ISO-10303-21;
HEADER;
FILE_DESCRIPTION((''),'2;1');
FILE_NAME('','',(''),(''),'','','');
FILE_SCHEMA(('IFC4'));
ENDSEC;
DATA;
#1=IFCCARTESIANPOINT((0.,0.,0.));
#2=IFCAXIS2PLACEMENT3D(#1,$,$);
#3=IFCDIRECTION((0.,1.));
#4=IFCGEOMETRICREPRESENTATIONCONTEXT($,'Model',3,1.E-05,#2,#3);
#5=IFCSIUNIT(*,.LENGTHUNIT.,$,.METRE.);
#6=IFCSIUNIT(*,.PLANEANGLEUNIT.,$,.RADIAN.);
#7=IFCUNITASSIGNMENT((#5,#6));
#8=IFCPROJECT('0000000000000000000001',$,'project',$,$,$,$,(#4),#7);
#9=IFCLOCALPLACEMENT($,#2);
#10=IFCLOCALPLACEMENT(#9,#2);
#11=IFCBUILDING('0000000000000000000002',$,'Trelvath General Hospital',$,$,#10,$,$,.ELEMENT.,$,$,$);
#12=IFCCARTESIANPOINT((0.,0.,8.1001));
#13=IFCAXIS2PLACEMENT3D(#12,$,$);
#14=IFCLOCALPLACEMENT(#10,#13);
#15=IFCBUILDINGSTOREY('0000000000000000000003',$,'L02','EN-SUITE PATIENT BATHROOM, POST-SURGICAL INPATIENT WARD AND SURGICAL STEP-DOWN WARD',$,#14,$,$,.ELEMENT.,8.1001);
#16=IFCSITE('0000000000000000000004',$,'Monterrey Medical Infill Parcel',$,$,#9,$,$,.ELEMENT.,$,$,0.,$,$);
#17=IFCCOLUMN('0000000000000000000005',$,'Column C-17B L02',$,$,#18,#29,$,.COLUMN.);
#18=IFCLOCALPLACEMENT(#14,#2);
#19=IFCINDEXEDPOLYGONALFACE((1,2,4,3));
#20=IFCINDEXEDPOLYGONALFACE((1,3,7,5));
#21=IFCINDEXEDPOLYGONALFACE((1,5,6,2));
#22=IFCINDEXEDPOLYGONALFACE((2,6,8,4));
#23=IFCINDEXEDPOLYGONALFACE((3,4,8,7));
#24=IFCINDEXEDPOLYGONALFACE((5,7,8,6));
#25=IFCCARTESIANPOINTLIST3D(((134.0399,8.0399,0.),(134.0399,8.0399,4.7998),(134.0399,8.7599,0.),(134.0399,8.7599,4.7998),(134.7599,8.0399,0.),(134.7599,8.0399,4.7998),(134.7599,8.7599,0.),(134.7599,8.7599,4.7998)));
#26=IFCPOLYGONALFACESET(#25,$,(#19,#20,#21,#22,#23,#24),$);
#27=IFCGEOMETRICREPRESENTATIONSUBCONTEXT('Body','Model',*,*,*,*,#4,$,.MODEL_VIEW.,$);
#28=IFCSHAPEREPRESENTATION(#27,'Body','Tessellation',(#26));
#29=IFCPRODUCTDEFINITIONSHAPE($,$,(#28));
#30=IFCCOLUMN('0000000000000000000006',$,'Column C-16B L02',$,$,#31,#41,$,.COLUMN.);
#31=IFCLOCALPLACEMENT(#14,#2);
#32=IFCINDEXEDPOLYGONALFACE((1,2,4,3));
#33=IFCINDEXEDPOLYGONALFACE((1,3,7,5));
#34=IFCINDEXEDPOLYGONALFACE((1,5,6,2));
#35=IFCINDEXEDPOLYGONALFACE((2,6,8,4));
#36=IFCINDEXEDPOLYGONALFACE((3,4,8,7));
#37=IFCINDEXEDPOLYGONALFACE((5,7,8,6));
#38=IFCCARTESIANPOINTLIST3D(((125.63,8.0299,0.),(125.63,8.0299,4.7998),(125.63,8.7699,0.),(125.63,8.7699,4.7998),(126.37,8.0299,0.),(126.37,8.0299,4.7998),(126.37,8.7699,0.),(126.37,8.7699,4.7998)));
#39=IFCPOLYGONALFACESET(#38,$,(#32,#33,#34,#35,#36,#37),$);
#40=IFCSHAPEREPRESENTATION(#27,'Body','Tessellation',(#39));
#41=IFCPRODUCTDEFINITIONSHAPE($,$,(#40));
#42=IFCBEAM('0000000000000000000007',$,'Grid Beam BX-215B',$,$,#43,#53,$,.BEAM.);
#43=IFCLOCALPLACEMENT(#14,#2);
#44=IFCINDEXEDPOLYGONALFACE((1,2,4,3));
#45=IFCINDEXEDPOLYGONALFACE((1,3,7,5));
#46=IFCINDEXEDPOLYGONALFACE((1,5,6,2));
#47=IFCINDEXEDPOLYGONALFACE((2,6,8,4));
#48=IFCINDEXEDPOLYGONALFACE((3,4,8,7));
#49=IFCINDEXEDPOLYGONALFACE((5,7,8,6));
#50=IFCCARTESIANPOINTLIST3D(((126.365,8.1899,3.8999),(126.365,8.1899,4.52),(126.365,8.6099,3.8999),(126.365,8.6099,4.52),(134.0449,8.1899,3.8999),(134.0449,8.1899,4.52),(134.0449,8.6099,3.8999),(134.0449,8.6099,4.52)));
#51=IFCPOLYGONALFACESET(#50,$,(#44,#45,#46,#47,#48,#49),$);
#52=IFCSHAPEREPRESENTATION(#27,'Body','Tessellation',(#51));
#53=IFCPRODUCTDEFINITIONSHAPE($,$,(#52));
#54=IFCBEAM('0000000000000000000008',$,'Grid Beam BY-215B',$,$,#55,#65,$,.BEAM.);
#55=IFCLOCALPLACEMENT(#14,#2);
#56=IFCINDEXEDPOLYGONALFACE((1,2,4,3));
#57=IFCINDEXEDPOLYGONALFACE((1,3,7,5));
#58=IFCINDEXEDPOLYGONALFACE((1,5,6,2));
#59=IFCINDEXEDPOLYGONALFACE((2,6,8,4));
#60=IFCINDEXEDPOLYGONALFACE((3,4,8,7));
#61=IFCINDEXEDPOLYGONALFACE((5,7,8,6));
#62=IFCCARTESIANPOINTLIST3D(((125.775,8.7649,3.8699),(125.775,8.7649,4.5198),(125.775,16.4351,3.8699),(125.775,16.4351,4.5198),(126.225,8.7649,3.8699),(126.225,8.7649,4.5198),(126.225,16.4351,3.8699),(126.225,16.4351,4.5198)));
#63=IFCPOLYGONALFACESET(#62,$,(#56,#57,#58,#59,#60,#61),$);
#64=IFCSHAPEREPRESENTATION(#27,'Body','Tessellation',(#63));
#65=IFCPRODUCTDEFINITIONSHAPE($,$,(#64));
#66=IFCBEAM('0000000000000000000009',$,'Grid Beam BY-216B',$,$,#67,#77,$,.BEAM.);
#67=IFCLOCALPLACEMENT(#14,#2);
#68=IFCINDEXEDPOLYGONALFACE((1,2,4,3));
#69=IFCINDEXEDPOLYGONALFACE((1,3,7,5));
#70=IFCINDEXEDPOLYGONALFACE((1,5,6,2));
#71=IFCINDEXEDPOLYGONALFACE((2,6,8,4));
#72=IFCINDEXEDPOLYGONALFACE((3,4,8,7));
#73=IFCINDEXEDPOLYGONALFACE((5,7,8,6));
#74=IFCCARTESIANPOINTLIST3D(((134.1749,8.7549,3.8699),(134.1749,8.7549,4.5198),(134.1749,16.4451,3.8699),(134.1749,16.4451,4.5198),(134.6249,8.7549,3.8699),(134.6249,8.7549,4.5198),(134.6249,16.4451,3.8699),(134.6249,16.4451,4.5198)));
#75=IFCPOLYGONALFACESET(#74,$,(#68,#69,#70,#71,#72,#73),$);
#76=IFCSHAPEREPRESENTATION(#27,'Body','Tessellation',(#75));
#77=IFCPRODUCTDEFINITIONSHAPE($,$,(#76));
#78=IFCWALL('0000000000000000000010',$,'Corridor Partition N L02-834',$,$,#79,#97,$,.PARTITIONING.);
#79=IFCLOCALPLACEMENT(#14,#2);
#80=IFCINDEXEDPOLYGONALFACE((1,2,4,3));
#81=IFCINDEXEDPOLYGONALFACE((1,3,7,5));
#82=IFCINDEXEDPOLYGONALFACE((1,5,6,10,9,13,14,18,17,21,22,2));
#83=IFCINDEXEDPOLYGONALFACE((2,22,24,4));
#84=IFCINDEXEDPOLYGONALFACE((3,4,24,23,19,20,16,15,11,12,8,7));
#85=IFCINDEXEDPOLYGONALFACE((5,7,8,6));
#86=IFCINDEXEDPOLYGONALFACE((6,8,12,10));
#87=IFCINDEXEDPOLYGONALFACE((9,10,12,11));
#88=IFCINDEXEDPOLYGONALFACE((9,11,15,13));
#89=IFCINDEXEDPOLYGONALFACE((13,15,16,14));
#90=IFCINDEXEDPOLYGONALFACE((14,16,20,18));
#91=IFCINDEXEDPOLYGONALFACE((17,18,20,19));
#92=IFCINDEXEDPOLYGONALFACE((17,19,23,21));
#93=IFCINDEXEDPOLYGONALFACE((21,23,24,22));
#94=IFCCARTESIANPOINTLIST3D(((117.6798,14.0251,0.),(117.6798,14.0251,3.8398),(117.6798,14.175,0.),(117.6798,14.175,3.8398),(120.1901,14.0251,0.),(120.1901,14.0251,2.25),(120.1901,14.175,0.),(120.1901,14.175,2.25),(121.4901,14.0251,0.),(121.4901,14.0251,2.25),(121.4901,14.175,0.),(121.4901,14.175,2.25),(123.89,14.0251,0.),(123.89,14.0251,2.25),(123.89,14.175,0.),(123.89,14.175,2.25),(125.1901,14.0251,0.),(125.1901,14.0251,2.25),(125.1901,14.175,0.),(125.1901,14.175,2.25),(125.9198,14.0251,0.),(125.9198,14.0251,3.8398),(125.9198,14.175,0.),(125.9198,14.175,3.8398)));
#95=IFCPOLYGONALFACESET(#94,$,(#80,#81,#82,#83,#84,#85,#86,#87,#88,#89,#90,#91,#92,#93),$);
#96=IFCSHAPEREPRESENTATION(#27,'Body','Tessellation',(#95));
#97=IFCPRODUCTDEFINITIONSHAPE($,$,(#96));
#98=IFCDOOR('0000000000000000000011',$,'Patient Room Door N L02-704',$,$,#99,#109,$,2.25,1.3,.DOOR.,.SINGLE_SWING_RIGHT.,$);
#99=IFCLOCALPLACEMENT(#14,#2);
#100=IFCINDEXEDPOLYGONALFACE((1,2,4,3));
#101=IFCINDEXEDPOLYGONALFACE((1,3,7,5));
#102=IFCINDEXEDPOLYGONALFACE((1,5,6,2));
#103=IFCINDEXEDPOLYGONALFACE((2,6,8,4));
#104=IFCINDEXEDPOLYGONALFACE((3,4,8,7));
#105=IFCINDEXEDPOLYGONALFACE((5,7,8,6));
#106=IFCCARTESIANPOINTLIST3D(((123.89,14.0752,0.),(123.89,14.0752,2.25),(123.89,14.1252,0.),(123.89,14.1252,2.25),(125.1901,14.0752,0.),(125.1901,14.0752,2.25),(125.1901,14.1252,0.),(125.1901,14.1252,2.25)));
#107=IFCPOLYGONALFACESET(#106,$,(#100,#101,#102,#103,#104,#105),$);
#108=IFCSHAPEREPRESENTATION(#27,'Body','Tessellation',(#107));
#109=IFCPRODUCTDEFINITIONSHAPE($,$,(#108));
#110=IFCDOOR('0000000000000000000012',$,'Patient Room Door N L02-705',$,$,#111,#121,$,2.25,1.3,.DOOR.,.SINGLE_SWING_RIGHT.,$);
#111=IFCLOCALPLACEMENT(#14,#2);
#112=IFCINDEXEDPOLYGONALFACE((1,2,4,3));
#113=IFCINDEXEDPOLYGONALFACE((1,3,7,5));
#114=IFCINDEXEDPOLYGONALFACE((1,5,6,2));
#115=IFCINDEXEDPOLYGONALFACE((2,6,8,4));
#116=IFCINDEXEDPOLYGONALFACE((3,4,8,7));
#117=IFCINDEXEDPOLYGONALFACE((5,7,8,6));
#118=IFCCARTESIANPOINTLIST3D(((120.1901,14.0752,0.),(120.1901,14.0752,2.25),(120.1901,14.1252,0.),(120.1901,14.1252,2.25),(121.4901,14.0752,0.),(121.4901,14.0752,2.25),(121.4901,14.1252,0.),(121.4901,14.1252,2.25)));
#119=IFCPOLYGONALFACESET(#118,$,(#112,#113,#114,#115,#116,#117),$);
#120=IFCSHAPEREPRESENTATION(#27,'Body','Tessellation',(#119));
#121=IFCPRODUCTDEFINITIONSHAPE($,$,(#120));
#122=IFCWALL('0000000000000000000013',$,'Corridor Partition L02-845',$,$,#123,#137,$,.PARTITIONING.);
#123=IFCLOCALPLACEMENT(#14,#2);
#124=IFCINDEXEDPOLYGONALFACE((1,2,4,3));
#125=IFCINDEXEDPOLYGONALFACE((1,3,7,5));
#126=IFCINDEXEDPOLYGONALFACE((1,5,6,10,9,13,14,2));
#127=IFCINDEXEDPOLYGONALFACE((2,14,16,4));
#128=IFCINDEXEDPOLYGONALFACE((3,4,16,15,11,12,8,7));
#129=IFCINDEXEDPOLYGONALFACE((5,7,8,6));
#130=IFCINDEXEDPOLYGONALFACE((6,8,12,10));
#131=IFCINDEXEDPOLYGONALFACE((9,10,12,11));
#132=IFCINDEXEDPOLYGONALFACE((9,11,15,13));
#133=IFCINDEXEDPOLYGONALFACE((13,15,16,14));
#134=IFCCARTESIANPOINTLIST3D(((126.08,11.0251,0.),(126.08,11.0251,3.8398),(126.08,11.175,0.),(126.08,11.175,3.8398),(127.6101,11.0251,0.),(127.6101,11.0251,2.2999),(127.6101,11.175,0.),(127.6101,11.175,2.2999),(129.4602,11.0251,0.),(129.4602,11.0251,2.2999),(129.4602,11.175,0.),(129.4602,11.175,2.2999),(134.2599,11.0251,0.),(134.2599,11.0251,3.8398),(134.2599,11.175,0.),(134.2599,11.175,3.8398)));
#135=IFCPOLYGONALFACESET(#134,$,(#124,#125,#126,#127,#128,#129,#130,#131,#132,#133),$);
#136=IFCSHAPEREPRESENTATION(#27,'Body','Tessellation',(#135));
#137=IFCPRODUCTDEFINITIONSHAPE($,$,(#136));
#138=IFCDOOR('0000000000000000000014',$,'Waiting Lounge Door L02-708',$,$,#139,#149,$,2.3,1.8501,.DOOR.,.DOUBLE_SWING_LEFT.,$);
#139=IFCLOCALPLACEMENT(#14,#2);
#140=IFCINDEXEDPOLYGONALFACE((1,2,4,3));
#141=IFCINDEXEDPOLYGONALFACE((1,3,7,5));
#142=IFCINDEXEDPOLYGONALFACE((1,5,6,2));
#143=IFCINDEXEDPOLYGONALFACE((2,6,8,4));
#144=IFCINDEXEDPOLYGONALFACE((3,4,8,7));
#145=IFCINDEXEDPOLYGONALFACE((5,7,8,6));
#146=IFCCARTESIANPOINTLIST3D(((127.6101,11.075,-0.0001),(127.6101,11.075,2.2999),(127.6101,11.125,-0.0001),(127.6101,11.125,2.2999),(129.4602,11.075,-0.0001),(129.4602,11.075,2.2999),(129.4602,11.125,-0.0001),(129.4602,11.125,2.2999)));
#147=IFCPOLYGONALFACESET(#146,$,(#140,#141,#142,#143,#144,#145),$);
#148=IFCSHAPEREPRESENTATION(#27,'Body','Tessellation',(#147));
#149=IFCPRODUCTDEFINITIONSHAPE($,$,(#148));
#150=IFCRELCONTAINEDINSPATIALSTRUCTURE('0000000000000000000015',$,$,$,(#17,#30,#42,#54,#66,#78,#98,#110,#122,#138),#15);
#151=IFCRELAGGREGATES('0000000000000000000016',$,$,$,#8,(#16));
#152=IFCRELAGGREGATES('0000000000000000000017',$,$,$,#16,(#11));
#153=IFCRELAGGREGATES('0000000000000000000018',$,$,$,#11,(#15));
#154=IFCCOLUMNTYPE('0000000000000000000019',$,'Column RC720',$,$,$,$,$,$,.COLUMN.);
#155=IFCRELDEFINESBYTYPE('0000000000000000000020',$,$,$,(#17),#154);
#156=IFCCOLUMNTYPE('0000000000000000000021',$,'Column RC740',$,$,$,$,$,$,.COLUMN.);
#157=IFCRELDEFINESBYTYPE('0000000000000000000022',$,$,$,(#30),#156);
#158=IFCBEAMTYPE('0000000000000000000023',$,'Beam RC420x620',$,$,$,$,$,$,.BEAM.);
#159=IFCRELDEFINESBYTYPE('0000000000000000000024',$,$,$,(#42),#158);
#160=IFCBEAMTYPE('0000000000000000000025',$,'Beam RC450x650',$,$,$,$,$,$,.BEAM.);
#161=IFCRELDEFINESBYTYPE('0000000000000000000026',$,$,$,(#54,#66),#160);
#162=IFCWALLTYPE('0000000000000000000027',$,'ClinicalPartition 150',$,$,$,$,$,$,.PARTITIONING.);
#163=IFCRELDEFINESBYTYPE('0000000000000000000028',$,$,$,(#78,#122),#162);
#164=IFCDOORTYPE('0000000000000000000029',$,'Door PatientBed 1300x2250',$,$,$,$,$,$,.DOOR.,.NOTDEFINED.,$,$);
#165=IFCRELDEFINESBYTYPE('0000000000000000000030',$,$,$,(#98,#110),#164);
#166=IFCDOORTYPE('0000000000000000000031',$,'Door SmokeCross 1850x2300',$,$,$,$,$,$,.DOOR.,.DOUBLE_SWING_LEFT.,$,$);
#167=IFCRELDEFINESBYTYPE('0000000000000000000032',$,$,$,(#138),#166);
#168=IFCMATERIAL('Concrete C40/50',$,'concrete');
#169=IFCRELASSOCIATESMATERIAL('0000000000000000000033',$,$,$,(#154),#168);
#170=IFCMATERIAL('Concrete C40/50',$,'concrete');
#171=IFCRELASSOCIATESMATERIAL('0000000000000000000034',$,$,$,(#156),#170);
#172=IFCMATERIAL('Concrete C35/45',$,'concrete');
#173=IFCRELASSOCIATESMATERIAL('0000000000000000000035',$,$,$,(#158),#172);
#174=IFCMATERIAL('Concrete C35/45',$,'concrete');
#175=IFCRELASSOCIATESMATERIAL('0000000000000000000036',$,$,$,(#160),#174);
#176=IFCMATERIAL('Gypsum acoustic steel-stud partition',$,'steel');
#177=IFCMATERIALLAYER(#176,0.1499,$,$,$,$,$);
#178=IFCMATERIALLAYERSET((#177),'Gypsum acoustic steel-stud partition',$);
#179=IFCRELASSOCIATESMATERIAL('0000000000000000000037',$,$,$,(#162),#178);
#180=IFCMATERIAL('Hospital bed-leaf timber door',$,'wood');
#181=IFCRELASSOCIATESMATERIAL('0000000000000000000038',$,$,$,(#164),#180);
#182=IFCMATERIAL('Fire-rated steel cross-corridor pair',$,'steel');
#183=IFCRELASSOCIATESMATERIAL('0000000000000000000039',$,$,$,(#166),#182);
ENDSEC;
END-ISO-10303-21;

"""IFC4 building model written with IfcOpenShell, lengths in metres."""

from ifc_helpers import new_model, si_unit, direction, frame, frame_2d, origin, origin_2d, place, context, subcontext, project, spatial, rectangle, extrude, material, layer, layer_set, material_profile, profile_set, type_object, element, fill, save


model = new_model("IFC4")

# Units and contexts
model_context = context("Model", 3, precision=1e-05, world=origin(), true_north=direction((0.0, 1.0)))
body_context = subcontext(model_context, "Body", "Model", "MODEL_VIEW")
ifc_project = project(units=[si_unit("LENGTHUNIT", "METRE"), si_unit("PLANEANGLEUNIT", "RADIAN")], contexts=[model_context])

# Site, building, storey
site_placement = place(None, origin())
site = spatial("IfcSite", under=ifc_project, at=site_placement, Name="Monterrey Medical Infill Parcel", CompositionType="ELEMENT", RefElevation=0.0)
building_placement = place(site_placement, origin())
building = spatial("IfcBuilding", under=site, at=building_placement, Name="Trelvath General Hospital", CompositionType="ELEMENT")
storey_placement = place(building_placement, frame((0.0, 0.0, 8.1001)))
storey = spatial("IfcBuildingStorey", under=building, at=storey_placement, Name="L02", Description="EN-SUITE PATIENT BATHROOM, POST-SURGICAL INPATIENT WARD AND SURGICAL STEP-DOWN WARD", CompositionType="ELEMENT", Elevation=8.1001)

# Columns
ifc_material_1 = material(Name="Concrete C40/50", Category="concrete")
ifc_material_profile_1 = material_profile(ifc_material_1, rectangle(XDim=0.72, YDim=0.72, at=origin_2d()), Name="RC720x720")
ifc_profile_set_1 = profile_set([ifc_material_profile_1], Name="Concrete C40/50")
column_type_1 = type_object("IfcColumnType", Name="Column RC720", PredefinedType="COLUMN", material=ifc_profile_set_1)
column_1_placement = place(storey_placement, frame((134.3999, 8.3999, 0.0), z_axis=(0.0, 0.0, 1.0), x_axis=(1.0, 0.0, 0.0)))
element("IfcColumn", 1, at=column_1_placement, inside=storey, type_object=column_type_1, Name="Column C-17B L02", PredefinedType="COLUMN", context=body_context, shape_type="SweptSolid", body=[
    extrude(rectangle(XDim=0.72, YDim=0.72, at=origin_2d()), origin(), (0.0, 0.0, 1.0), 4.7998),
])
ifc_material_2 = material(Name="Concrete C40/50", Category="concrete")
ifc_material_profile_2 = material_profile(ifc_material_2, rectangle(XDim=0.74, YDim=0.74, at=origin_2d()), Name="RC740x740")
ifc_profile_set_2 = profile_set([ifc_material_profile_2], Name="Concrete C40/50")
column_type_2 = type_object("IfcColumnType", Name="Column RC740", PredefinedType="COLUMN", material=ifc_profile_set_2)
column_2_placement = place(storey_placement, frame((126.0, 8.3999, 0.0), z_axis=(0.0, 0.0, 1.0), x_axis=(1.0, 0.0, 0.0)))
element("IfcColumn", 2, at=column_2_placement, inside=storey, type_object=column_type_2, Name="Column C-16B L02", PredefinedType="COLUMN", context=body_context, shape_type="SweptSolid", body=[
    extrude(rectangle(XDim=0.74, YDim=0.74, at=origin_2d()), origin(), (0.0, 0.0, 1.0), 4.7998),
])

# Beams
ifc_material_3 = material(Name="Concrete C35/45", Category="concrete")
ifc_material_profile_3 = material_profile(ifc_material_3, rectangle(XDim=0.4199, YDim=0.6201, at=origin_2d()), Name="RCB420x620")
ifc_profile_set_3 = profile_set([ifc_material_profile_3], Name="Concrete C35/45")
beam_type_1 = type_object("IfcBeamType", Name="Beam RC420x620", PredefinedType="BEAM", material=ifc_profile_set_3)
beam_1_placement = place(storey_placement, frame((126.365, 8.3999, 4.21), z_axis=(1.0, 0.0, 0.0), x_axis=(0.0, 1.0, 0.0)))
element("IfcBeam", 3, at=beam_1_placement, inside=storey, type_object=beam_type_1, Name="Grid Beam BX-215B", PredefinedType="BEAM", context=body_context, shape_type="SweptSolid", body=[
    extrude(rectangle(XDim=0.4199, YDim=0.6201, at=origin_2d()), origin(), (0.0, 0.0, 1.0), 7.6799),
])
ifc_material_4 = material(Name="Concrete C35/45", Category="concrete")
ifc_material_profile_4 = material_profile(ifc_material_4, rectangle(XDim=0.45, YDim=0.6499, at=origin_2d()), Name="RCB450x650")
ifc_profile_set_4 = profile_set([ifc_material_profile_4], Name="Concrete C35/45")
beam_type_2 = type_object("IfcBeamType", Name="Beam RC450x650", PredefinedType="BEAM", material=ifc_profile_set_4)
beam_2_placement = place(storey_placement, frame((126.0, 8.7649, 4.1948), z_axis=(0.0, 1.0, 0.0), x_axis=(-1.0, 0.0, 0.0)))
element("IfcBeam", 4, at=beam_2_placement, inside=storey, type_object=beam_type_2, Name="Grid Beam BY-215B", PredefinedType="BEAM", context=body_context, shape_type="SweptSolid", body=[
    extrude(rectangle(XDim=0.45, YDim=0.6499, at=origin_2d()), origin(), (0.0, 0.0, 1.0), 7.6702),
])
beam_3_placement = place(storey_placement, frame((134.3999, 8.7549, 4.1948), z_axis=(0.0, 1.0, 0.0), x_axis=(-1.0, 0.0, 0.0)))
element("IfcBeam", 5, at=beam_3_placement, inside=storey, type_object=beam_type_2, Name="Grid Beam BY-216B", PredefinedType="BEAM", context=body_context, shape_type="SweptSolid", body=[
    extrude(rectangle(XDim=0.45, YDim=0.6499, at=origin_2d()), origin(), (0.0, 0.0, 1.0), 7.6902),
])

# Wall, openings, doors
ifc_material_5 = material(Name="Gypsum acoustic steel-stud partition", Category="steel")
ifc_layer_1 = layer(ifc_material_5, 0.1499)
ifc_layer_set_1 = layer_set([ifc_layer_1], Name="Gypsum acoustic steel-stud partition")
wall_type_1 = type_object("IfcWallType", Name="ClinicalPartition 150", PredefinedType="PARTITIONING", material=ifc_layer_set_1)
wall_1_placement = place(storey_placement, frame((125.9199, 14.1001, 0.0), z_axis=(0.0, 0.0, 1.0), x_axis=(-1.0, 0.0, 0.0)))
wall_1 = element("IfcWall", 6, at=wall_1_placement, inside=storey, type_object=wall_type_1, Name="Corridor Partition N L02-834", PredefinedType="PARTITIONING", context=body_context, shape_type="SweptSolid", body=[
    extrude(rectangle(XDim=8.24, YDim=0.1499, at=frame_2d((4.1201, 0.0))), origin(), (0.0, 0.0, 1.0), 3.8398),
])
opening_1_placement = place(wall_1_placement, frame((0.73, 0.0, 0.0)))
opening_1 = element("IfcOpeningElement", 7, at=opening_1_placement, cuts=wall_1, PredefinedType="OPENING", context=body_context, shape_type="SweptSolid", body=[
    extrude(rectangle(XDim=1.3, YDim=2.25, at=frame_2d((0.6499, 1.125))), frame((0.0, 0.085, 0.0), z_axis=(0.0, -1.0, 0.0), x_axis=(1.0, 0.0, 0.0)), (0.0, 0.0, 1.0), 0.1699),
])
opening_2_placement = place(wall_1_placement, frame((4.4299, 0.0, 0.0)))
opening_2 = element("IfcOpeningElement", 8, at=opening_2_placement, cuts=wall_1, PredefinedType="OPENING", context=body_context, shape_type="SweptSolid", body=[
    extrude(rectangle(XDim=1.3, YDim=2.25, at=frame_2d((0.6499, 1.125))), frame((0.0, 0.085, 0.0), z_axis=(0.0, -1.0, 0.0), x_axis=(1.0, 0.0, 0.0)), (0.0, 0.0, 1.0), 0.1699),
])
ifc_material_6 = material(Name="Hospital bed-leaf timber door", Category="wood")
door_type_1 = type_object("IfcDoorType", Name="Door PatientBed 1300x2250", OperationType="NOTDEFINED", PredefinedType="DOOR", material=ifc_material_6)
door_1_placement = place(opening_1_placement, origin())
door_1 = element("IfcDoor", 9, at=door_1_placement, inside=storey, type_object=door_type_1, Name="Patient Room Door N L02-704", OperationType="SINGLE_SWING_RIGHT", OverallHeight=2.25, OverallWidth=1.3, PredefinedType="DOOR", context=body_context, shape_type="SweptSolid", body=[
    extrude(rectangle(XDim=1.3, YDim=2.25, at=frame_2d((0.6499, 1.125))), frame((0.0, 0.0249, 0.0), z_axis=(0.0, -1.0, 0.0), x_axis=(1.0, 0.0, 0.0)), (0.0, 0.0, 1.0), 0.05),
])
fill(opening_1, door_1)
door_2_placement = place(opening_2_placement, origin())
door_2 = element("IfcDoor", 10, at=door_2_placement, inside=storey, type_object=door_type_1, Name="Patient Room Door N L02-705", OperationType="SINGLE_SWING_RIGHT", OverallHeight=2.25, OverallWidth=1.3, PredefinedType="DOOR", context=body_context, shape_type="SweptSolid", body=[
    extrude(rectangle(XDim=1.3, YDim=2.25, at=frame_2d((0.6499, 1.125))), frame((0.0, 0.0249, 0.0), z_axis=(0.0, -1.0, 0.0), x_axis=(1.0, 0.0, 0.0)), (0.0, 0.0, 1.0), 0.05),
])
fill(opening_2, door_2)

# Wall, opening, door
wall_2_placement = place(storey_placement, frame((126.0801, 11.1001, 0.0), z_axis=(0.0, 0.0, 1.0), x_axis=(1.0, 0.0, 0.0)))
wall_2 = element("IfcWall", 11, at=wall_2_placement, inside=storey, type_object=wall_type_1, Name="Corridor Partition L02-845", PredefinedType="PARTITIONING", context=body_context, shape_type="SweptSolid", body=[
    extrude(rectangle(XDim=8.1799, YDim=0.1499, at=frame_2d((4.0898, 0.0))), origin(), (0.0, 0.0, 1.0), 3.8398),
])
opening_3_placement = place(wall_2_placement, frame((1.53, 0.0, 0.0)))
opening_3 = element("IfcOpeningElement", 12, at=opening_3_placement, cuts=wall_2, PredefinedType="OPENING", context=body_context, shape_type="SweptSolid", body=[
    extrude(rectangle(XDim=1.8501, YDim=2.3, at=frame_2d((0.925, 1.1499))), frame((0.0, 0.085, 0.0), z_axis=(0.0, -1.0, 0.0), x_axis=(1.0, 0.0, 0.0)), (0.0, 0.0, 1.0), 0.1699),
])
ifc_material_7 = material(Name="Fire-rated steel cross-corridor pair", Category="steel")
door_type_2 = type_object("IfcDoorType", Name="Door SmokeCross 1850x2300", OperationType="DOUBLE_SWING_LEFT", PredefinedType="DOOR", material=ifc_material_7)
door_3_placement = place(opening_3_placement, origin())
door_3 = element("IfcDoor", 13, at=door_3_placement, inside=storey, type_object=door_type_2, Name="Waiting Lounge Door L02-708", OperationType="DOUBLE_SWING_LEFT", OverallHeight=2.3, OverallWidth=1.8501, PredefinedType="DOOR", context=body_context, shape_type="SweptSolid", body=[
    extrude(rectangle(XDim=1.8501, YDim=2.3, at=frame_2d((0.925, 1.1499))), frame((0.0, 0.0249, 0.0), z_axis=(0.0, -1.0, 0.0), x_axis=(1.0, 0.0, 0.0)), (0.0, 0.0, 1.0), 0.05),
])
fill(opening_3, door_3)

save(model, "model.ifc")
